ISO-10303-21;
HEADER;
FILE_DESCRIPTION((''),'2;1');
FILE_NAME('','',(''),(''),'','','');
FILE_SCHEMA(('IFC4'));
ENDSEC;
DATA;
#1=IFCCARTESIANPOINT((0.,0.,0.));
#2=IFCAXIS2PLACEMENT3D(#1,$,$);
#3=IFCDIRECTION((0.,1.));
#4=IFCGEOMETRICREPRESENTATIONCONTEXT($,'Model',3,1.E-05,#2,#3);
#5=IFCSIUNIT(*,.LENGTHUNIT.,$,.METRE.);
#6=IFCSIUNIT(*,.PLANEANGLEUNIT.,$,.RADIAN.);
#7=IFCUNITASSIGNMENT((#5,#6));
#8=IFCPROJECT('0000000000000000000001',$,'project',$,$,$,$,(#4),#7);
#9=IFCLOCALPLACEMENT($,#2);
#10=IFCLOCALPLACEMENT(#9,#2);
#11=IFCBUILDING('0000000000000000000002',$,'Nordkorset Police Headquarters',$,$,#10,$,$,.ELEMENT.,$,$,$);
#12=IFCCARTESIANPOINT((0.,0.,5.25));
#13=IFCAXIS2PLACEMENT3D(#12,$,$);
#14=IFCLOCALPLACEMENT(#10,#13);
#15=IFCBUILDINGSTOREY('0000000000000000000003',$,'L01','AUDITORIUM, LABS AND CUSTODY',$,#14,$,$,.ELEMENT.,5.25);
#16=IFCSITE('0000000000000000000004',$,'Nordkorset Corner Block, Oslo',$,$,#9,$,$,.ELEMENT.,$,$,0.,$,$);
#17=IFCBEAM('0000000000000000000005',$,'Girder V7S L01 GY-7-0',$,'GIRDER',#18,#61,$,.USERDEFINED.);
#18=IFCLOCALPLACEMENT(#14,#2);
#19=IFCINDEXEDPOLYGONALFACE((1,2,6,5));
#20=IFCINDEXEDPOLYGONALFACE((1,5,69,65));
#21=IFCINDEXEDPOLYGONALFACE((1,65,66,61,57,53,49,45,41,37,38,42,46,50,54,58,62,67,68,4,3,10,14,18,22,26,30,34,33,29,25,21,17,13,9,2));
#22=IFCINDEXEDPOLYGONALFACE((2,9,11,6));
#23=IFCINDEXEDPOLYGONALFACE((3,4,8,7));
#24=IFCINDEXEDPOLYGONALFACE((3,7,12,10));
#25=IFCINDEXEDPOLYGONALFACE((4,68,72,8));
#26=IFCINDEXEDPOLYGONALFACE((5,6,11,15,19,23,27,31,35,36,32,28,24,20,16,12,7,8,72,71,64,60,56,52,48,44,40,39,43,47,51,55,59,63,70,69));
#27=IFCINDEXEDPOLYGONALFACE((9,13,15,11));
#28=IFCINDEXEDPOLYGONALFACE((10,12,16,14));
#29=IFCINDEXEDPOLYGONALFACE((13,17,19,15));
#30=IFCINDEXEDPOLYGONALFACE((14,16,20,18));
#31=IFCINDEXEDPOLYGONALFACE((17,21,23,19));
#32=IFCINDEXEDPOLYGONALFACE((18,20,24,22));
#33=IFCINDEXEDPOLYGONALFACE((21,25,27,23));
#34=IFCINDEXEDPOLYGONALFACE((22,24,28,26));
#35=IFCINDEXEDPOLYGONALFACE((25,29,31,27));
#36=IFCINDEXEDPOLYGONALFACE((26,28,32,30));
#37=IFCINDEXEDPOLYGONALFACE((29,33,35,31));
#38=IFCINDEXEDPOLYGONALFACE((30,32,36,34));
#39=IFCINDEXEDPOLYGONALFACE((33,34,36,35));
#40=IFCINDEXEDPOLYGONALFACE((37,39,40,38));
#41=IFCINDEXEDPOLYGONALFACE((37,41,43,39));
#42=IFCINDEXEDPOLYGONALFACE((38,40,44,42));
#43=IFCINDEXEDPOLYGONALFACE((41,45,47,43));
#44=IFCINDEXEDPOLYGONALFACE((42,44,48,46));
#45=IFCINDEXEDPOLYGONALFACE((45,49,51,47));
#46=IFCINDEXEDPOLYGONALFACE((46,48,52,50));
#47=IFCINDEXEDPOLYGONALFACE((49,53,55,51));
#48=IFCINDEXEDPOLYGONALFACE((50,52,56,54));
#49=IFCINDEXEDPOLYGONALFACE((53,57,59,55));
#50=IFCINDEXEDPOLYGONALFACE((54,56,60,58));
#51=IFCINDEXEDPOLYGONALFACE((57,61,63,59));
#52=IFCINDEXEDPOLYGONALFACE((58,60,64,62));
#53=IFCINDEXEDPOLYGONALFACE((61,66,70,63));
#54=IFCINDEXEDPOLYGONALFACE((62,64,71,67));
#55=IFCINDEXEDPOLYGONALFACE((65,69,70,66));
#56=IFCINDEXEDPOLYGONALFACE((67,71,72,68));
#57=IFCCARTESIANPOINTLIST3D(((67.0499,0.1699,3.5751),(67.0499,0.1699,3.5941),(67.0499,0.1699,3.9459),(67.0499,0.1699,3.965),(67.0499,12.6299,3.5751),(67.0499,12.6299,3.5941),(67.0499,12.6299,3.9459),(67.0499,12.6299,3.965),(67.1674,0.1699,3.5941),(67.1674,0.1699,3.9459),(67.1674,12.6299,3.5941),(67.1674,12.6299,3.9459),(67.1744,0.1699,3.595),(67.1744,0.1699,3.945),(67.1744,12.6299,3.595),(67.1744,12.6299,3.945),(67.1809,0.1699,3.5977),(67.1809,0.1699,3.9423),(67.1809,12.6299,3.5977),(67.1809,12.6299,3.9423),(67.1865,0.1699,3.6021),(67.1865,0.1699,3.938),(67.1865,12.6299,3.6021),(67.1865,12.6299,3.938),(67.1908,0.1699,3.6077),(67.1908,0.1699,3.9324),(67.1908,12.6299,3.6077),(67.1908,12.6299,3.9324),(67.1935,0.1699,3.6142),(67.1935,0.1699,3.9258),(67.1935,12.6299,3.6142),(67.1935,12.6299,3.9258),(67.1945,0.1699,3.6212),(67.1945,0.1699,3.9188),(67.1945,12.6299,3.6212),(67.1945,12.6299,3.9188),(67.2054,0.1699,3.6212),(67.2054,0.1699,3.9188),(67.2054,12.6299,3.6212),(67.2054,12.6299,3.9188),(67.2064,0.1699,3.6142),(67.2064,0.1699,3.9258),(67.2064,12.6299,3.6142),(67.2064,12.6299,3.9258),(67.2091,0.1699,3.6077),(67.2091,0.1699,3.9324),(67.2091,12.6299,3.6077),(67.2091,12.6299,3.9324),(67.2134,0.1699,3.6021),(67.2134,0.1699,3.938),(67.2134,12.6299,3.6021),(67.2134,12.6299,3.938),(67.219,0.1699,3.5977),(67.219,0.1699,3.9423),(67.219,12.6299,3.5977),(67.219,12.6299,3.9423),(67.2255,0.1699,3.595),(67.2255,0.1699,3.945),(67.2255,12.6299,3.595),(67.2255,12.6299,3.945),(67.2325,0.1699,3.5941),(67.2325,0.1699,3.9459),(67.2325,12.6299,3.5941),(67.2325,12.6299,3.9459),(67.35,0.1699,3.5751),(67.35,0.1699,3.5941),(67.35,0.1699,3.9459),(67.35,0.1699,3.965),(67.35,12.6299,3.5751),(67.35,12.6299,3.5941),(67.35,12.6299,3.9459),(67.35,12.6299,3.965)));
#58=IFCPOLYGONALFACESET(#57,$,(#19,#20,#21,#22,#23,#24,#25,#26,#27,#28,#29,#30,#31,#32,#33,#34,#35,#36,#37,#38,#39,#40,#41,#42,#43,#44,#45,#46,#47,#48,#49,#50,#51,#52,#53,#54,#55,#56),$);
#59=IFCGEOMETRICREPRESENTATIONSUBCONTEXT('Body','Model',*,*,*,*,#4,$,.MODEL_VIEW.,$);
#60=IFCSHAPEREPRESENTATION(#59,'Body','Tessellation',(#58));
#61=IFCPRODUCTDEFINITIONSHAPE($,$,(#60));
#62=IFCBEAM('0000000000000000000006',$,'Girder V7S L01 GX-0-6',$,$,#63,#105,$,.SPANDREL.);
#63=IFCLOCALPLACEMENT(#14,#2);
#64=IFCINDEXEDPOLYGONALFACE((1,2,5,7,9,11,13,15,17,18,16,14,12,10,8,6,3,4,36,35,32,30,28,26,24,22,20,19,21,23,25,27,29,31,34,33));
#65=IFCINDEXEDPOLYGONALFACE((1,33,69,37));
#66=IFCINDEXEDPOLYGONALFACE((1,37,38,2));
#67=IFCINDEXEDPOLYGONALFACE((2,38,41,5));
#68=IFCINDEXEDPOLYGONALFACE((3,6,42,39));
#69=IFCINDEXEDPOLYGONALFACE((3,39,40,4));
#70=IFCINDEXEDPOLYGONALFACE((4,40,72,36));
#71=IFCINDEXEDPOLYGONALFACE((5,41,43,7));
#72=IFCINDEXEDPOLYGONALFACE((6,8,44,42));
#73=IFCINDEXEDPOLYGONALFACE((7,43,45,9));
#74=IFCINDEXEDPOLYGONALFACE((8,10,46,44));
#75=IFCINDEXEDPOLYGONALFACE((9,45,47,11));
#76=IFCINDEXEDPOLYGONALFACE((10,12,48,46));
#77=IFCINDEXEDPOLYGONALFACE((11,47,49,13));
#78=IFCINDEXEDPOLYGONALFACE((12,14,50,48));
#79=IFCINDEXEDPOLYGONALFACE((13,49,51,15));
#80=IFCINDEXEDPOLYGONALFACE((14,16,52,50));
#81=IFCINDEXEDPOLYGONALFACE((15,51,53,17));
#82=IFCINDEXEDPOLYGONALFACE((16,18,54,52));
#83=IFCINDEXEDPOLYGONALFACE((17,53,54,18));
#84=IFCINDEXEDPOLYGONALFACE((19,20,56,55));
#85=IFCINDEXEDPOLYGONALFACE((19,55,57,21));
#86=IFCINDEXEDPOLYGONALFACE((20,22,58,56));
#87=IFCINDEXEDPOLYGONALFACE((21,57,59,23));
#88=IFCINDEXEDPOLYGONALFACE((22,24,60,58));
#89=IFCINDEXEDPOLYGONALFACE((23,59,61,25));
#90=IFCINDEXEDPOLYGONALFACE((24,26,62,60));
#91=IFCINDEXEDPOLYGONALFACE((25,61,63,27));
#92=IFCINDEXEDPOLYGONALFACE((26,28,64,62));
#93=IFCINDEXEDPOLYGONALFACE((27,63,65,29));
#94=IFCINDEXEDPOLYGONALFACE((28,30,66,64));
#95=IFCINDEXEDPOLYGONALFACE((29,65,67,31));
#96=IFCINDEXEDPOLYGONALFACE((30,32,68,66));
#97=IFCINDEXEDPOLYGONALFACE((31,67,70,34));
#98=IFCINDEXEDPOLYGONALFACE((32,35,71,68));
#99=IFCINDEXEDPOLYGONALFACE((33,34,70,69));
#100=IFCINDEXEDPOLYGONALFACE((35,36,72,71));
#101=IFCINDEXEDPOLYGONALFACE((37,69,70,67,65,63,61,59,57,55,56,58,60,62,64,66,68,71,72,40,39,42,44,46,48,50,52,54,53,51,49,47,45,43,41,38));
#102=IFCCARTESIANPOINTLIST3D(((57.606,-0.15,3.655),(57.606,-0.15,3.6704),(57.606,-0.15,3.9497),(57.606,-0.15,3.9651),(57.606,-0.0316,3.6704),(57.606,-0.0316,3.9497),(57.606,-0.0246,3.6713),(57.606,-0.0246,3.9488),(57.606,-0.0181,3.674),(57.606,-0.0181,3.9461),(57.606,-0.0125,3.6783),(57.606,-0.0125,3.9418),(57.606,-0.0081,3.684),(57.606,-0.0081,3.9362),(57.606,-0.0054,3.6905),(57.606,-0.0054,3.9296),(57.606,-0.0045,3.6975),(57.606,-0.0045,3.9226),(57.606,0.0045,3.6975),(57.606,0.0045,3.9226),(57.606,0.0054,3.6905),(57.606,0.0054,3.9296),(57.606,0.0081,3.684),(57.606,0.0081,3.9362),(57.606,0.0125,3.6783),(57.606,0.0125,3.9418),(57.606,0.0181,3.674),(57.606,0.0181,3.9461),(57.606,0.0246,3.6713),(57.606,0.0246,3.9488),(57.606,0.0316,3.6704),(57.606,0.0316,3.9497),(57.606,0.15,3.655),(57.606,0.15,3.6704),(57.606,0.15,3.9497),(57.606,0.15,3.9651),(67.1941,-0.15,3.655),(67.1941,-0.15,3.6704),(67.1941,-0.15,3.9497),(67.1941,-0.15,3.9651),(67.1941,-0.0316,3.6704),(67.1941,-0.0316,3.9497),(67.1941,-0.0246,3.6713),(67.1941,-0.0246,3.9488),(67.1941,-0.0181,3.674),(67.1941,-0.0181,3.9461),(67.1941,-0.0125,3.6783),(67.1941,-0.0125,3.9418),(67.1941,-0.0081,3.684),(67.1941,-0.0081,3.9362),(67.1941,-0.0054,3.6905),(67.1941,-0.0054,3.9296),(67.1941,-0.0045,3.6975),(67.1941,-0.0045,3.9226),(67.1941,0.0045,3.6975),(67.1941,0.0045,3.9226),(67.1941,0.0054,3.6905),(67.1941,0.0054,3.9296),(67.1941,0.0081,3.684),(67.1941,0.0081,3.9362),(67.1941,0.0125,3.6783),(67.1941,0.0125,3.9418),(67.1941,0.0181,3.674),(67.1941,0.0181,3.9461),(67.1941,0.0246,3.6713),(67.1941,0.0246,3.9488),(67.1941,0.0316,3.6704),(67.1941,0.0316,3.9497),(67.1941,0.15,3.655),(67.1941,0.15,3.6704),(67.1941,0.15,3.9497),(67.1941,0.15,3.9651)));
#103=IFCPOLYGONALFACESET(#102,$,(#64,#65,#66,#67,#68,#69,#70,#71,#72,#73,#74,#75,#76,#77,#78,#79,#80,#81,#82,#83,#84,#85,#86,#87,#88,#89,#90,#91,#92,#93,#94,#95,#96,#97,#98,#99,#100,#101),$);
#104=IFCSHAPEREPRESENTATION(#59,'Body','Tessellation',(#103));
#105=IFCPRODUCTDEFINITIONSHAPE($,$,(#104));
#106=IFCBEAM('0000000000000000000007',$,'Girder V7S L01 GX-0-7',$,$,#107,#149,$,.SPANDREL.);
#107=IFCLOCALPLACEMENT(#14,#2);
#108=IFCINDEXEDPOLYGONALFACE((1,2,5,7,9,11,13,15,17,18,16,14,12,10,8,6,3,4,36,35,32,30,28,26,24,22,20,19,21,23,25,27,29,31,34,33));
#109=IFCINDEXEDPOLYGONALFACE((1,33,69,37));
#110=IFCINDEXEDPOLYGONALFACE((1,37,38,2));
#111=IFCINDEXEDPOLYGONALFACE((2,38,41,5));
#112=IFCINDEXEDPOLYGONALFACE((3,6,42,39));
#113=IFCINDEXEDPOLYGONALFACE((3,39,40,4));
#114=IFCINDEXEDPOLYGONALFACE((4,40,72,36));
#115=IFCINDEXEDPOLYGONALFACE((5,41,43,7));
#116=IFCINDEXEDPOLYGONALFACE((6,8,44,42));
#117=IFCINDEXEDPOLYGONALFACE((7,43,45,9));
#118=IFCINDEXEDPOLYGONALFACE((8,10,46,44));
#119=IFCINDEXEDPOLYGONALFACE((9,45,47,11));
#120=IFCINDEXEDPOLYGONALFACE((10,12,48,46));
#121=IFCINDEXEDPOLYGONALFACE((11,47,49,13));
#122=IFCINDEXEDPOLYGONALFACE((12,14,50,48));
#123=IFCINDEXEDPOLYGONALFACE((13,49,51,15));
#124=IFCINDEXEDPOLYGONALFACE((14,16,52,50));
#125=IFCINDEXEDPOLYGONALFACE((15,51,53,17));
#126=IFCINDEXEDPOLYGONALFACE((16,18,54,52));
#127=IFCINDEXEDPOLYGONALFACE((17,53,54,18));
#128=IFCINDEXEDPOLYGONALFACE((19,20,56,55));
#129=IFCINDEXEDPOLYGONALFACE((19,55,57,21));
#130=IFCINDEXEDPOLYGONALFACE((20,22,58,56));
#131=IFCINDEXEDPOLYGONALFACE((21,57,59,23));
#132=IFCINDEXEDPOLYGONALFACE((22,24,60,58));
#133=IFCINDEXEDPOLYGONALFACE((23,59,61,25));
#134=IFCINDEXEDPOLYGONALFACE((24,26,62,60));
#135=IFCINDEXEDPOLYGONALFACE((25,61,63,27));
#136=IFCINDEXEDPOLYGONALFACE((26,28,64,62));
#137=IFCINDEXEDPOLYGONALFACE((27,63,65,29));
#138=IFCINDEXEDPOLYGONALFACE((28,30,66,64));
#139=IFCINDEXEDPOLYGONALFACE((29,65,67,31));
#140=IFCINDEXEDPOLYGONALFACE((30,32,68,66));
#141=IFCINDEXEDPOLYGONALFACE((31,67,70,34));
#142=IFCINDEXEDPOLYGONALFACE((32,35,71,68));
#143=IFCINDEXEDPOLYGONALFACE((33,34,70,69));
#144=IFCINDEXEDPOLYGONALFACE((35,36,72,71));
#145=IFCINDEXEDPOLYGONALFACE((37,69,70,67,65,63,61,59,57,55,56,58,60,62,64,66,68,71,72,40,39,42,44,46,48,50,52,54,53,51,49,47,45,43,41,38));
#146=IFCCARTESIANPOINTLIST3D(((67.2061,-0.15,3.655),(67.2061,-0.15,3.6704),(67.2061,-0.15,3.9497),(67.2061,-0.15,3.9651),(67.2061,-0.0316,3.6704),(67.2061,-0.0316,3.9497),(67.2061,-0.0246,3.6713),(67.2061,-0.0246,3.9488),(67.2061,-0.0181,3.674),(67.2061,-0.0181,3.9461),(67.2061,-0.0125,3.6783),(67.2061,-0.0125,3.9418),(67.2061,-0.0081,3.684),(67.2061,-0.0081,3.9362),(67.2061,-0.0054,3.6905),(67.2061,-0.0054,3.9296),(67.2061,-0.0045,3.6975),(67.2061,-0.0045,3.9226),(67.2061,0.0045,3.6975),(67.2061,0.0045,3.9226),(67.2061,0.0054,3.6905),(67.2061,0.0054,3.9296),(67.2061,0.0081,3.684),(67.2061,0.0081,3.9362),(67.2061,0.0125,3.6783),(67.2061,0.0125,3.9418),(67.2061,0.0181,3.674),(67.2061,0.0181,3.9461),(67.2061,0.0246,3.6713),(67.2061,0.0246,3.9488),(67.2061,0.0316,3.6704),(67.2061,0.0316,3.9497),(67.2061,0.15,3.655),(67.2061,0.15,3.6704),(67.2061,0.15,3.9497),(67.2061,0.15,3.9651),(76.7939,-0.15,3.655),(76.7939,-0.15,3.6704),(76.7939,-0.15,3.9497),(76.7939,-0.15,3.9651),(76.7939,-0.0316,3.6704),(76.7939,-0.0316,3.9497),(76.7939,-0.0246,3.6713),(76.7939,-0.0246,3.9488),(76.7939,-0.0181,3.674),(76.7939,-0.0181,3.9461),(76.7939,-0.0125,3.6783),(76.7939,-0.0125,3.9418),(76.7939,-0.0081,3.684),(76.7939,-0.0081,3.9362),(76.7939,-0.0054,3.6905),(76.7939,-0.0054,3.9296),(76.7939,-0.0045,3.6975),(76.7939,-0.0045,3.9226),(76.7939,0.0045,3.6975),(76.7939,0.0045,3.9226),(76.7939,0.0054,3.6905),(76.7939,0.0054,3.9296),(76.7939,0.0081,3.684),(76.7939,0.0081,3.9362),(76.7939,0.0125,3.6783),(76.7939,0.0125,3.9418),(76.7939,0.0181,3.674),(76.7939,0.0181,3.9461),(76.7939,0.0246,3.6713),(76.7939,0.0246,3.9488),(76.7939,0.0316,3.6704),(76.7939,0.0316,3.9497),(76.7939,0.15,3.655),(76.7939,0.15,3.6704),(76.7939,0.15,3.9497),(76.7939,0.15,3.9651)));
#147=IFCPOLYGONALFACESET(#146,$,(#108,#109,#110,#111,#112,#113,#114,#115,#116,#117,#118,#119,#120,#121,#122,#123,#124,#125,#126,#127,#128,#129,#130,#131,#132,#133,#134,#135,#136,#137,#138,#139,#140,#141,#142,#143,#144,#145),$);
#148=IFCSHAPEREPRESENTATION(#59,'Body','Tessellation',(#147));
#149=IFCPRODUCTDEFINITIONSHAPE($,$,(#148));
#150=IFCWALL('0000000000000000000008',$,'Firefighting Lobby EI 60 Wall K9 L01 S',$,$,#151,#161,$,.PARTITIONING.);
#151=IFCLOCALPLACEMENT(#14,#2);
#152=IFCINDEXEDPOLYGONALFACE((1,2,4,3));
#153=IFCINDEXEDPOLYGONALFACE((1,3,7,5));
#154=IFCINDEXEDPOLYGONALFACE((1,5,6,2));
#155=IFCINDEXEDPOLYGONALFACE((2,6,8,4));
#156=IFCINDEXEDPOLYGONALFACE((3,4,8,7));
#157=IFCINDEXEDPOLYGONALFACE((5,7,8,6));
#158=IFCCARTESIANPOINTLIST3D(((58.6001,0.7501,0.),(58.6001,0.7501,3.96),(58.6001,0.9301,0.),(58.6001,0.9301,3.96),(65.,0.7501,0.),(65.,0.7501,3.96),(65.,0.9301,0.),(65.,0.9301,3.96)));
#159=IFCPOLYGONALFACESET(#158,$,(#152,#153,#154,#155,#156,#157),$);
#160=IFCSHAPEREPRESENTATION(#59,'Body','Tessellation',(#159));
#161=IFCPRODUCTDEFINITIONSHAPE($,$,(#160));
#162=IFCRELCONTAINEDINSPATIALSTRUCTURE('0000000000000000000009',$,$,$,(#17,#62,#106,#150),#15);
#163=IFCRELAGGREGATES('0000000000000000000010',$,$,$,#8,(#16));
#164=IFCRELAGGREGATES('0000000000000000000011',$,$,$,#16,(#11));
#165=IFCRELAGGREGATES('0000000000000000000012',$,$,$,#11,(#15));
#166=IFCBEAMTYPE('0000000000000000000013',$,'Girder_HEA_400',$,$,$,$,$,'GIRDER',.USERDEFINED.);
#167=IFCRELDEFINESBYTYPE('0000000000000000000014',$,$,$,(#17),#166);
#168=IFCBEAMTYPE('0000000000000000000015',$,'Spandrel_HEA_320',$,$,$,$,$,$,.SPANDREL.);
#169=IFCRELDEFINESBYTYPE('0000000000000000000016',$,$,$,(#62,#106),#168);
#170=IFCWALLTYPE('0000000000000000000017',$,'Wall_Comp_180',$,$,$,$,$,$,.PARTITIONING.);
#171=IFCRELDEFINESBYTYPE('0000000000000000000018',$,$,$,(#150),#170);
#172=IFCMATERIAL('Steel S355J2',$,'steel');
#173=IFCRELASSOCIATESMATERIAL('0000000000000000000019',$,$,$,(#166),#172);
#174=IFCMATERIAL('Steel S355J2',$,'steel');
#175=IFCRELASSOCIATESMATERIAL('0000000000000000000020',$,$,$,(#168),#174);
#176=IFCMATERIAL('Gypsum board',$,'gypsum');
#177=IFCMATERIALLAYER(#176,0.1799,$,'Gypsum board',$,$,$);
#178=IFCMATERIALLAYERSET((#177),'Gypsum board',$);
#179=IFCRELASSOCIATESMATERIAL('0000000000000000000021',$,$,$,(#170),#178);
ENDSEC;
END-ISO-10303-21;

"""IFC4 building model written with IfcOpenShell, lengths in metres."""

from ifc_helpers import new_model, si_unit, direction, frame, frame_2d, origin, origin_2d, place, context, subcontext, project, spatial, rectangle, i_section, extrude, material, layer, layer_set, material_profile, profile_set, type_object, element, save


model = new_model("IFC4")

# Units and contexts
model_context = context("Model", 3, precision=1e-05, world=origin(), true_north=direction((0.0, 1.0)))
body_context = subcontext(model_context, "Body", "Model", "MODEL_VIEW")
ifc_project = project(units=[si_unit("LENGTHUNIT", "METRE"), si_unit("PLANEANGLEUNIT", "RADIAN")], contexts=[model_context])

# Site, building, storey
site_placement = place(None, origin())
site = spatial("IfcSite", under=ifc_project, at=site_placement, Name="Nordkorset Corner Block, Oslo", CompositionType="ELEMENT", RefElevation=0.0)
building_placement = place(site_placement, origin())
building = spatial("IfcBuilding", under=site, at=building_placement, Name="Nordkorset Police Headquarters", CompositionType="ELEMENT")
storey_placement = place(building_placement, frame((0.0, 0.0, 5.25)))
storey = spatial("IfcBuildingStorey", under=building, at=storey_placement, Name="L01", Description="AUDITORIUM, LABS AND CUSTODY", CompositionType="ELEMENT", Elevation=5.25)

# Beams
ifc_material_1 = material(Name="Steel S355J2", Category="steel")
ifc_material_profile_1 = material_profile(ifc_material_1, i_section(OverallWidth=0.3, OverallDepth=0.3899, WebThickness=0.011, FlangeThickness=0.019, FilletRadius=0.0271, at=origin_2d()), Name="HEA 400")
ifc_profile_set_1 = profile_set([ifc_material_profile_1], Name="Steel S355J2")
beam_type_1 = type_object("IfcBeamType", Name="Girder_HEA_400", ElementType="GIRDER", PredefinedType="USERDEFINED", material=ifc_profile_set_1)
for number, where, z_axis, x_axis, name in (
    (1, (67.2, 0.1699, 3.77), (0.0, 1.0, 0.0), (-1.0, 0.0, 0.0), "Girder V7S L01 GY-7-0"),
):
    element("IfcBeam", number, at=place(storey_placement, frame(where, z_axis=z_axis, x_axis=x_axis)), inside=storey, type_object=beam_type_1, Name=name, ObjectType="GIRDER", PredefinedType="USERDEFINED", context=body_context, shape_type="SweptSolid", body=[
        extrude(i_section(OverallWidth=0.3, OverallDepth=0.3899, WebThickness=0.011, FlangeThickness=0.019, FilletRadius=0.0271, at=origin_2d()), origin(), (0.0, 0.0, 1.0), 12.46),
    ])
ifc_material_2 = material(Name="Steel S355J2", Category="steel")
ifc_material_profile_2 = material_profile(ifc_material_2, i_section(OverallWidth=0.3, OverallDepth=0.3101, WebThickness=0.009, FlangeThickness=0.0154, FilletRadius=0.0271, at=origin_2d()), Name="HEA 320")
ifc_profile_set_2 = profile_set([ifc_material_profile_2], Name="Steel S355J2")
beam_type_2 = type_object("IfcBeamType", Name="Spandrel_HEA_320", PredefinedType="SPANDREL", material=ifc_profile_set_2)
beam_1_placement = place(storey_placement, frame((57.606, 0.0, 3.8101), z_axis=(1.0, 0.0, 0.0), x_axis=(0.0, 1.0, 0.0)))
element("IfcBeam", 2, at=beam_1_placement, inside=storey, type_object=beam_type_2, Name="Girder V7S L01 GX-0-6", PredefinedType="SPANDREL", context=body_context, shape_type="SweptSolid", body=[
    extrude(i_section(OverallWidth=0.3, OverallDepth=0.3101, WebThickness=0.009, FlangeThickness=0.0154, FilletRadius=0.0271, at=origin_2d()), origin(), (0.0, 0.0, 1.0), 9.5881),
])
beam_2_placement = place(storey_placement, frame((67.2061, 0.0, 3.8101), z_axis=(1.0, 0.0, 0.0), x_axis=(0.0, 1.0, 0.0)))
element("IfcBeam", 3, at=beam_2_placement, inside=storey, type_object=beam_type_2, Name="Girder V7S L01 GX-0-7", PredefinedType="SPANDREL", context=body_context, shape_type="SweptSolid", body=[
    extrude(i_section(OverallWidth=0.3, OverallDepth=0.3101, WebThickness=0.009, FlangeThickness=0.0154, FilletRadius=0.0271, at=origin_2d()), origin(), (0.0, 0.0, 1.0), 9.5879),
])

# Wall
ifc_material_3 = material(Name="Gypsum board", Category="gypsum")
ifc_layer_1 = layer(ifc_material_3, 0.1799, Name="Gypsum board")
ifc_layer_set_1 = layer_set([ifc_layer_1], Name="Gypsum board")
wall_type_1 = type_object("IfcWallType", Name="Wall_Comp_180", PredefinedType="PARTITIONING", material=ifc_layer_set_1)
wall_1_placement = place(storey_placement, frame((58.6001, 0.8401, 0.0), z_axis=(0.0, 0.0, 1.0), x_axis=(1.0, 0.0, 0.0)))
element("IfcWall", 4, at=wall_1_placement, inside=storey, type_object=wall_type_1, Name="Firefighting Lobby EI 60 Wall K9 L01 S", PredefinedType="PARTITIONING", context=body_context, shape_type="SweptSolid", body=[
    extrude(rectangle(XDim=6.3999, YDim=0.1799, at=frame_2d((3.2, 0.0))), origin(), (0.0, 0.0, 1.0), 3.96),
])

save(model, "model.ifc")
